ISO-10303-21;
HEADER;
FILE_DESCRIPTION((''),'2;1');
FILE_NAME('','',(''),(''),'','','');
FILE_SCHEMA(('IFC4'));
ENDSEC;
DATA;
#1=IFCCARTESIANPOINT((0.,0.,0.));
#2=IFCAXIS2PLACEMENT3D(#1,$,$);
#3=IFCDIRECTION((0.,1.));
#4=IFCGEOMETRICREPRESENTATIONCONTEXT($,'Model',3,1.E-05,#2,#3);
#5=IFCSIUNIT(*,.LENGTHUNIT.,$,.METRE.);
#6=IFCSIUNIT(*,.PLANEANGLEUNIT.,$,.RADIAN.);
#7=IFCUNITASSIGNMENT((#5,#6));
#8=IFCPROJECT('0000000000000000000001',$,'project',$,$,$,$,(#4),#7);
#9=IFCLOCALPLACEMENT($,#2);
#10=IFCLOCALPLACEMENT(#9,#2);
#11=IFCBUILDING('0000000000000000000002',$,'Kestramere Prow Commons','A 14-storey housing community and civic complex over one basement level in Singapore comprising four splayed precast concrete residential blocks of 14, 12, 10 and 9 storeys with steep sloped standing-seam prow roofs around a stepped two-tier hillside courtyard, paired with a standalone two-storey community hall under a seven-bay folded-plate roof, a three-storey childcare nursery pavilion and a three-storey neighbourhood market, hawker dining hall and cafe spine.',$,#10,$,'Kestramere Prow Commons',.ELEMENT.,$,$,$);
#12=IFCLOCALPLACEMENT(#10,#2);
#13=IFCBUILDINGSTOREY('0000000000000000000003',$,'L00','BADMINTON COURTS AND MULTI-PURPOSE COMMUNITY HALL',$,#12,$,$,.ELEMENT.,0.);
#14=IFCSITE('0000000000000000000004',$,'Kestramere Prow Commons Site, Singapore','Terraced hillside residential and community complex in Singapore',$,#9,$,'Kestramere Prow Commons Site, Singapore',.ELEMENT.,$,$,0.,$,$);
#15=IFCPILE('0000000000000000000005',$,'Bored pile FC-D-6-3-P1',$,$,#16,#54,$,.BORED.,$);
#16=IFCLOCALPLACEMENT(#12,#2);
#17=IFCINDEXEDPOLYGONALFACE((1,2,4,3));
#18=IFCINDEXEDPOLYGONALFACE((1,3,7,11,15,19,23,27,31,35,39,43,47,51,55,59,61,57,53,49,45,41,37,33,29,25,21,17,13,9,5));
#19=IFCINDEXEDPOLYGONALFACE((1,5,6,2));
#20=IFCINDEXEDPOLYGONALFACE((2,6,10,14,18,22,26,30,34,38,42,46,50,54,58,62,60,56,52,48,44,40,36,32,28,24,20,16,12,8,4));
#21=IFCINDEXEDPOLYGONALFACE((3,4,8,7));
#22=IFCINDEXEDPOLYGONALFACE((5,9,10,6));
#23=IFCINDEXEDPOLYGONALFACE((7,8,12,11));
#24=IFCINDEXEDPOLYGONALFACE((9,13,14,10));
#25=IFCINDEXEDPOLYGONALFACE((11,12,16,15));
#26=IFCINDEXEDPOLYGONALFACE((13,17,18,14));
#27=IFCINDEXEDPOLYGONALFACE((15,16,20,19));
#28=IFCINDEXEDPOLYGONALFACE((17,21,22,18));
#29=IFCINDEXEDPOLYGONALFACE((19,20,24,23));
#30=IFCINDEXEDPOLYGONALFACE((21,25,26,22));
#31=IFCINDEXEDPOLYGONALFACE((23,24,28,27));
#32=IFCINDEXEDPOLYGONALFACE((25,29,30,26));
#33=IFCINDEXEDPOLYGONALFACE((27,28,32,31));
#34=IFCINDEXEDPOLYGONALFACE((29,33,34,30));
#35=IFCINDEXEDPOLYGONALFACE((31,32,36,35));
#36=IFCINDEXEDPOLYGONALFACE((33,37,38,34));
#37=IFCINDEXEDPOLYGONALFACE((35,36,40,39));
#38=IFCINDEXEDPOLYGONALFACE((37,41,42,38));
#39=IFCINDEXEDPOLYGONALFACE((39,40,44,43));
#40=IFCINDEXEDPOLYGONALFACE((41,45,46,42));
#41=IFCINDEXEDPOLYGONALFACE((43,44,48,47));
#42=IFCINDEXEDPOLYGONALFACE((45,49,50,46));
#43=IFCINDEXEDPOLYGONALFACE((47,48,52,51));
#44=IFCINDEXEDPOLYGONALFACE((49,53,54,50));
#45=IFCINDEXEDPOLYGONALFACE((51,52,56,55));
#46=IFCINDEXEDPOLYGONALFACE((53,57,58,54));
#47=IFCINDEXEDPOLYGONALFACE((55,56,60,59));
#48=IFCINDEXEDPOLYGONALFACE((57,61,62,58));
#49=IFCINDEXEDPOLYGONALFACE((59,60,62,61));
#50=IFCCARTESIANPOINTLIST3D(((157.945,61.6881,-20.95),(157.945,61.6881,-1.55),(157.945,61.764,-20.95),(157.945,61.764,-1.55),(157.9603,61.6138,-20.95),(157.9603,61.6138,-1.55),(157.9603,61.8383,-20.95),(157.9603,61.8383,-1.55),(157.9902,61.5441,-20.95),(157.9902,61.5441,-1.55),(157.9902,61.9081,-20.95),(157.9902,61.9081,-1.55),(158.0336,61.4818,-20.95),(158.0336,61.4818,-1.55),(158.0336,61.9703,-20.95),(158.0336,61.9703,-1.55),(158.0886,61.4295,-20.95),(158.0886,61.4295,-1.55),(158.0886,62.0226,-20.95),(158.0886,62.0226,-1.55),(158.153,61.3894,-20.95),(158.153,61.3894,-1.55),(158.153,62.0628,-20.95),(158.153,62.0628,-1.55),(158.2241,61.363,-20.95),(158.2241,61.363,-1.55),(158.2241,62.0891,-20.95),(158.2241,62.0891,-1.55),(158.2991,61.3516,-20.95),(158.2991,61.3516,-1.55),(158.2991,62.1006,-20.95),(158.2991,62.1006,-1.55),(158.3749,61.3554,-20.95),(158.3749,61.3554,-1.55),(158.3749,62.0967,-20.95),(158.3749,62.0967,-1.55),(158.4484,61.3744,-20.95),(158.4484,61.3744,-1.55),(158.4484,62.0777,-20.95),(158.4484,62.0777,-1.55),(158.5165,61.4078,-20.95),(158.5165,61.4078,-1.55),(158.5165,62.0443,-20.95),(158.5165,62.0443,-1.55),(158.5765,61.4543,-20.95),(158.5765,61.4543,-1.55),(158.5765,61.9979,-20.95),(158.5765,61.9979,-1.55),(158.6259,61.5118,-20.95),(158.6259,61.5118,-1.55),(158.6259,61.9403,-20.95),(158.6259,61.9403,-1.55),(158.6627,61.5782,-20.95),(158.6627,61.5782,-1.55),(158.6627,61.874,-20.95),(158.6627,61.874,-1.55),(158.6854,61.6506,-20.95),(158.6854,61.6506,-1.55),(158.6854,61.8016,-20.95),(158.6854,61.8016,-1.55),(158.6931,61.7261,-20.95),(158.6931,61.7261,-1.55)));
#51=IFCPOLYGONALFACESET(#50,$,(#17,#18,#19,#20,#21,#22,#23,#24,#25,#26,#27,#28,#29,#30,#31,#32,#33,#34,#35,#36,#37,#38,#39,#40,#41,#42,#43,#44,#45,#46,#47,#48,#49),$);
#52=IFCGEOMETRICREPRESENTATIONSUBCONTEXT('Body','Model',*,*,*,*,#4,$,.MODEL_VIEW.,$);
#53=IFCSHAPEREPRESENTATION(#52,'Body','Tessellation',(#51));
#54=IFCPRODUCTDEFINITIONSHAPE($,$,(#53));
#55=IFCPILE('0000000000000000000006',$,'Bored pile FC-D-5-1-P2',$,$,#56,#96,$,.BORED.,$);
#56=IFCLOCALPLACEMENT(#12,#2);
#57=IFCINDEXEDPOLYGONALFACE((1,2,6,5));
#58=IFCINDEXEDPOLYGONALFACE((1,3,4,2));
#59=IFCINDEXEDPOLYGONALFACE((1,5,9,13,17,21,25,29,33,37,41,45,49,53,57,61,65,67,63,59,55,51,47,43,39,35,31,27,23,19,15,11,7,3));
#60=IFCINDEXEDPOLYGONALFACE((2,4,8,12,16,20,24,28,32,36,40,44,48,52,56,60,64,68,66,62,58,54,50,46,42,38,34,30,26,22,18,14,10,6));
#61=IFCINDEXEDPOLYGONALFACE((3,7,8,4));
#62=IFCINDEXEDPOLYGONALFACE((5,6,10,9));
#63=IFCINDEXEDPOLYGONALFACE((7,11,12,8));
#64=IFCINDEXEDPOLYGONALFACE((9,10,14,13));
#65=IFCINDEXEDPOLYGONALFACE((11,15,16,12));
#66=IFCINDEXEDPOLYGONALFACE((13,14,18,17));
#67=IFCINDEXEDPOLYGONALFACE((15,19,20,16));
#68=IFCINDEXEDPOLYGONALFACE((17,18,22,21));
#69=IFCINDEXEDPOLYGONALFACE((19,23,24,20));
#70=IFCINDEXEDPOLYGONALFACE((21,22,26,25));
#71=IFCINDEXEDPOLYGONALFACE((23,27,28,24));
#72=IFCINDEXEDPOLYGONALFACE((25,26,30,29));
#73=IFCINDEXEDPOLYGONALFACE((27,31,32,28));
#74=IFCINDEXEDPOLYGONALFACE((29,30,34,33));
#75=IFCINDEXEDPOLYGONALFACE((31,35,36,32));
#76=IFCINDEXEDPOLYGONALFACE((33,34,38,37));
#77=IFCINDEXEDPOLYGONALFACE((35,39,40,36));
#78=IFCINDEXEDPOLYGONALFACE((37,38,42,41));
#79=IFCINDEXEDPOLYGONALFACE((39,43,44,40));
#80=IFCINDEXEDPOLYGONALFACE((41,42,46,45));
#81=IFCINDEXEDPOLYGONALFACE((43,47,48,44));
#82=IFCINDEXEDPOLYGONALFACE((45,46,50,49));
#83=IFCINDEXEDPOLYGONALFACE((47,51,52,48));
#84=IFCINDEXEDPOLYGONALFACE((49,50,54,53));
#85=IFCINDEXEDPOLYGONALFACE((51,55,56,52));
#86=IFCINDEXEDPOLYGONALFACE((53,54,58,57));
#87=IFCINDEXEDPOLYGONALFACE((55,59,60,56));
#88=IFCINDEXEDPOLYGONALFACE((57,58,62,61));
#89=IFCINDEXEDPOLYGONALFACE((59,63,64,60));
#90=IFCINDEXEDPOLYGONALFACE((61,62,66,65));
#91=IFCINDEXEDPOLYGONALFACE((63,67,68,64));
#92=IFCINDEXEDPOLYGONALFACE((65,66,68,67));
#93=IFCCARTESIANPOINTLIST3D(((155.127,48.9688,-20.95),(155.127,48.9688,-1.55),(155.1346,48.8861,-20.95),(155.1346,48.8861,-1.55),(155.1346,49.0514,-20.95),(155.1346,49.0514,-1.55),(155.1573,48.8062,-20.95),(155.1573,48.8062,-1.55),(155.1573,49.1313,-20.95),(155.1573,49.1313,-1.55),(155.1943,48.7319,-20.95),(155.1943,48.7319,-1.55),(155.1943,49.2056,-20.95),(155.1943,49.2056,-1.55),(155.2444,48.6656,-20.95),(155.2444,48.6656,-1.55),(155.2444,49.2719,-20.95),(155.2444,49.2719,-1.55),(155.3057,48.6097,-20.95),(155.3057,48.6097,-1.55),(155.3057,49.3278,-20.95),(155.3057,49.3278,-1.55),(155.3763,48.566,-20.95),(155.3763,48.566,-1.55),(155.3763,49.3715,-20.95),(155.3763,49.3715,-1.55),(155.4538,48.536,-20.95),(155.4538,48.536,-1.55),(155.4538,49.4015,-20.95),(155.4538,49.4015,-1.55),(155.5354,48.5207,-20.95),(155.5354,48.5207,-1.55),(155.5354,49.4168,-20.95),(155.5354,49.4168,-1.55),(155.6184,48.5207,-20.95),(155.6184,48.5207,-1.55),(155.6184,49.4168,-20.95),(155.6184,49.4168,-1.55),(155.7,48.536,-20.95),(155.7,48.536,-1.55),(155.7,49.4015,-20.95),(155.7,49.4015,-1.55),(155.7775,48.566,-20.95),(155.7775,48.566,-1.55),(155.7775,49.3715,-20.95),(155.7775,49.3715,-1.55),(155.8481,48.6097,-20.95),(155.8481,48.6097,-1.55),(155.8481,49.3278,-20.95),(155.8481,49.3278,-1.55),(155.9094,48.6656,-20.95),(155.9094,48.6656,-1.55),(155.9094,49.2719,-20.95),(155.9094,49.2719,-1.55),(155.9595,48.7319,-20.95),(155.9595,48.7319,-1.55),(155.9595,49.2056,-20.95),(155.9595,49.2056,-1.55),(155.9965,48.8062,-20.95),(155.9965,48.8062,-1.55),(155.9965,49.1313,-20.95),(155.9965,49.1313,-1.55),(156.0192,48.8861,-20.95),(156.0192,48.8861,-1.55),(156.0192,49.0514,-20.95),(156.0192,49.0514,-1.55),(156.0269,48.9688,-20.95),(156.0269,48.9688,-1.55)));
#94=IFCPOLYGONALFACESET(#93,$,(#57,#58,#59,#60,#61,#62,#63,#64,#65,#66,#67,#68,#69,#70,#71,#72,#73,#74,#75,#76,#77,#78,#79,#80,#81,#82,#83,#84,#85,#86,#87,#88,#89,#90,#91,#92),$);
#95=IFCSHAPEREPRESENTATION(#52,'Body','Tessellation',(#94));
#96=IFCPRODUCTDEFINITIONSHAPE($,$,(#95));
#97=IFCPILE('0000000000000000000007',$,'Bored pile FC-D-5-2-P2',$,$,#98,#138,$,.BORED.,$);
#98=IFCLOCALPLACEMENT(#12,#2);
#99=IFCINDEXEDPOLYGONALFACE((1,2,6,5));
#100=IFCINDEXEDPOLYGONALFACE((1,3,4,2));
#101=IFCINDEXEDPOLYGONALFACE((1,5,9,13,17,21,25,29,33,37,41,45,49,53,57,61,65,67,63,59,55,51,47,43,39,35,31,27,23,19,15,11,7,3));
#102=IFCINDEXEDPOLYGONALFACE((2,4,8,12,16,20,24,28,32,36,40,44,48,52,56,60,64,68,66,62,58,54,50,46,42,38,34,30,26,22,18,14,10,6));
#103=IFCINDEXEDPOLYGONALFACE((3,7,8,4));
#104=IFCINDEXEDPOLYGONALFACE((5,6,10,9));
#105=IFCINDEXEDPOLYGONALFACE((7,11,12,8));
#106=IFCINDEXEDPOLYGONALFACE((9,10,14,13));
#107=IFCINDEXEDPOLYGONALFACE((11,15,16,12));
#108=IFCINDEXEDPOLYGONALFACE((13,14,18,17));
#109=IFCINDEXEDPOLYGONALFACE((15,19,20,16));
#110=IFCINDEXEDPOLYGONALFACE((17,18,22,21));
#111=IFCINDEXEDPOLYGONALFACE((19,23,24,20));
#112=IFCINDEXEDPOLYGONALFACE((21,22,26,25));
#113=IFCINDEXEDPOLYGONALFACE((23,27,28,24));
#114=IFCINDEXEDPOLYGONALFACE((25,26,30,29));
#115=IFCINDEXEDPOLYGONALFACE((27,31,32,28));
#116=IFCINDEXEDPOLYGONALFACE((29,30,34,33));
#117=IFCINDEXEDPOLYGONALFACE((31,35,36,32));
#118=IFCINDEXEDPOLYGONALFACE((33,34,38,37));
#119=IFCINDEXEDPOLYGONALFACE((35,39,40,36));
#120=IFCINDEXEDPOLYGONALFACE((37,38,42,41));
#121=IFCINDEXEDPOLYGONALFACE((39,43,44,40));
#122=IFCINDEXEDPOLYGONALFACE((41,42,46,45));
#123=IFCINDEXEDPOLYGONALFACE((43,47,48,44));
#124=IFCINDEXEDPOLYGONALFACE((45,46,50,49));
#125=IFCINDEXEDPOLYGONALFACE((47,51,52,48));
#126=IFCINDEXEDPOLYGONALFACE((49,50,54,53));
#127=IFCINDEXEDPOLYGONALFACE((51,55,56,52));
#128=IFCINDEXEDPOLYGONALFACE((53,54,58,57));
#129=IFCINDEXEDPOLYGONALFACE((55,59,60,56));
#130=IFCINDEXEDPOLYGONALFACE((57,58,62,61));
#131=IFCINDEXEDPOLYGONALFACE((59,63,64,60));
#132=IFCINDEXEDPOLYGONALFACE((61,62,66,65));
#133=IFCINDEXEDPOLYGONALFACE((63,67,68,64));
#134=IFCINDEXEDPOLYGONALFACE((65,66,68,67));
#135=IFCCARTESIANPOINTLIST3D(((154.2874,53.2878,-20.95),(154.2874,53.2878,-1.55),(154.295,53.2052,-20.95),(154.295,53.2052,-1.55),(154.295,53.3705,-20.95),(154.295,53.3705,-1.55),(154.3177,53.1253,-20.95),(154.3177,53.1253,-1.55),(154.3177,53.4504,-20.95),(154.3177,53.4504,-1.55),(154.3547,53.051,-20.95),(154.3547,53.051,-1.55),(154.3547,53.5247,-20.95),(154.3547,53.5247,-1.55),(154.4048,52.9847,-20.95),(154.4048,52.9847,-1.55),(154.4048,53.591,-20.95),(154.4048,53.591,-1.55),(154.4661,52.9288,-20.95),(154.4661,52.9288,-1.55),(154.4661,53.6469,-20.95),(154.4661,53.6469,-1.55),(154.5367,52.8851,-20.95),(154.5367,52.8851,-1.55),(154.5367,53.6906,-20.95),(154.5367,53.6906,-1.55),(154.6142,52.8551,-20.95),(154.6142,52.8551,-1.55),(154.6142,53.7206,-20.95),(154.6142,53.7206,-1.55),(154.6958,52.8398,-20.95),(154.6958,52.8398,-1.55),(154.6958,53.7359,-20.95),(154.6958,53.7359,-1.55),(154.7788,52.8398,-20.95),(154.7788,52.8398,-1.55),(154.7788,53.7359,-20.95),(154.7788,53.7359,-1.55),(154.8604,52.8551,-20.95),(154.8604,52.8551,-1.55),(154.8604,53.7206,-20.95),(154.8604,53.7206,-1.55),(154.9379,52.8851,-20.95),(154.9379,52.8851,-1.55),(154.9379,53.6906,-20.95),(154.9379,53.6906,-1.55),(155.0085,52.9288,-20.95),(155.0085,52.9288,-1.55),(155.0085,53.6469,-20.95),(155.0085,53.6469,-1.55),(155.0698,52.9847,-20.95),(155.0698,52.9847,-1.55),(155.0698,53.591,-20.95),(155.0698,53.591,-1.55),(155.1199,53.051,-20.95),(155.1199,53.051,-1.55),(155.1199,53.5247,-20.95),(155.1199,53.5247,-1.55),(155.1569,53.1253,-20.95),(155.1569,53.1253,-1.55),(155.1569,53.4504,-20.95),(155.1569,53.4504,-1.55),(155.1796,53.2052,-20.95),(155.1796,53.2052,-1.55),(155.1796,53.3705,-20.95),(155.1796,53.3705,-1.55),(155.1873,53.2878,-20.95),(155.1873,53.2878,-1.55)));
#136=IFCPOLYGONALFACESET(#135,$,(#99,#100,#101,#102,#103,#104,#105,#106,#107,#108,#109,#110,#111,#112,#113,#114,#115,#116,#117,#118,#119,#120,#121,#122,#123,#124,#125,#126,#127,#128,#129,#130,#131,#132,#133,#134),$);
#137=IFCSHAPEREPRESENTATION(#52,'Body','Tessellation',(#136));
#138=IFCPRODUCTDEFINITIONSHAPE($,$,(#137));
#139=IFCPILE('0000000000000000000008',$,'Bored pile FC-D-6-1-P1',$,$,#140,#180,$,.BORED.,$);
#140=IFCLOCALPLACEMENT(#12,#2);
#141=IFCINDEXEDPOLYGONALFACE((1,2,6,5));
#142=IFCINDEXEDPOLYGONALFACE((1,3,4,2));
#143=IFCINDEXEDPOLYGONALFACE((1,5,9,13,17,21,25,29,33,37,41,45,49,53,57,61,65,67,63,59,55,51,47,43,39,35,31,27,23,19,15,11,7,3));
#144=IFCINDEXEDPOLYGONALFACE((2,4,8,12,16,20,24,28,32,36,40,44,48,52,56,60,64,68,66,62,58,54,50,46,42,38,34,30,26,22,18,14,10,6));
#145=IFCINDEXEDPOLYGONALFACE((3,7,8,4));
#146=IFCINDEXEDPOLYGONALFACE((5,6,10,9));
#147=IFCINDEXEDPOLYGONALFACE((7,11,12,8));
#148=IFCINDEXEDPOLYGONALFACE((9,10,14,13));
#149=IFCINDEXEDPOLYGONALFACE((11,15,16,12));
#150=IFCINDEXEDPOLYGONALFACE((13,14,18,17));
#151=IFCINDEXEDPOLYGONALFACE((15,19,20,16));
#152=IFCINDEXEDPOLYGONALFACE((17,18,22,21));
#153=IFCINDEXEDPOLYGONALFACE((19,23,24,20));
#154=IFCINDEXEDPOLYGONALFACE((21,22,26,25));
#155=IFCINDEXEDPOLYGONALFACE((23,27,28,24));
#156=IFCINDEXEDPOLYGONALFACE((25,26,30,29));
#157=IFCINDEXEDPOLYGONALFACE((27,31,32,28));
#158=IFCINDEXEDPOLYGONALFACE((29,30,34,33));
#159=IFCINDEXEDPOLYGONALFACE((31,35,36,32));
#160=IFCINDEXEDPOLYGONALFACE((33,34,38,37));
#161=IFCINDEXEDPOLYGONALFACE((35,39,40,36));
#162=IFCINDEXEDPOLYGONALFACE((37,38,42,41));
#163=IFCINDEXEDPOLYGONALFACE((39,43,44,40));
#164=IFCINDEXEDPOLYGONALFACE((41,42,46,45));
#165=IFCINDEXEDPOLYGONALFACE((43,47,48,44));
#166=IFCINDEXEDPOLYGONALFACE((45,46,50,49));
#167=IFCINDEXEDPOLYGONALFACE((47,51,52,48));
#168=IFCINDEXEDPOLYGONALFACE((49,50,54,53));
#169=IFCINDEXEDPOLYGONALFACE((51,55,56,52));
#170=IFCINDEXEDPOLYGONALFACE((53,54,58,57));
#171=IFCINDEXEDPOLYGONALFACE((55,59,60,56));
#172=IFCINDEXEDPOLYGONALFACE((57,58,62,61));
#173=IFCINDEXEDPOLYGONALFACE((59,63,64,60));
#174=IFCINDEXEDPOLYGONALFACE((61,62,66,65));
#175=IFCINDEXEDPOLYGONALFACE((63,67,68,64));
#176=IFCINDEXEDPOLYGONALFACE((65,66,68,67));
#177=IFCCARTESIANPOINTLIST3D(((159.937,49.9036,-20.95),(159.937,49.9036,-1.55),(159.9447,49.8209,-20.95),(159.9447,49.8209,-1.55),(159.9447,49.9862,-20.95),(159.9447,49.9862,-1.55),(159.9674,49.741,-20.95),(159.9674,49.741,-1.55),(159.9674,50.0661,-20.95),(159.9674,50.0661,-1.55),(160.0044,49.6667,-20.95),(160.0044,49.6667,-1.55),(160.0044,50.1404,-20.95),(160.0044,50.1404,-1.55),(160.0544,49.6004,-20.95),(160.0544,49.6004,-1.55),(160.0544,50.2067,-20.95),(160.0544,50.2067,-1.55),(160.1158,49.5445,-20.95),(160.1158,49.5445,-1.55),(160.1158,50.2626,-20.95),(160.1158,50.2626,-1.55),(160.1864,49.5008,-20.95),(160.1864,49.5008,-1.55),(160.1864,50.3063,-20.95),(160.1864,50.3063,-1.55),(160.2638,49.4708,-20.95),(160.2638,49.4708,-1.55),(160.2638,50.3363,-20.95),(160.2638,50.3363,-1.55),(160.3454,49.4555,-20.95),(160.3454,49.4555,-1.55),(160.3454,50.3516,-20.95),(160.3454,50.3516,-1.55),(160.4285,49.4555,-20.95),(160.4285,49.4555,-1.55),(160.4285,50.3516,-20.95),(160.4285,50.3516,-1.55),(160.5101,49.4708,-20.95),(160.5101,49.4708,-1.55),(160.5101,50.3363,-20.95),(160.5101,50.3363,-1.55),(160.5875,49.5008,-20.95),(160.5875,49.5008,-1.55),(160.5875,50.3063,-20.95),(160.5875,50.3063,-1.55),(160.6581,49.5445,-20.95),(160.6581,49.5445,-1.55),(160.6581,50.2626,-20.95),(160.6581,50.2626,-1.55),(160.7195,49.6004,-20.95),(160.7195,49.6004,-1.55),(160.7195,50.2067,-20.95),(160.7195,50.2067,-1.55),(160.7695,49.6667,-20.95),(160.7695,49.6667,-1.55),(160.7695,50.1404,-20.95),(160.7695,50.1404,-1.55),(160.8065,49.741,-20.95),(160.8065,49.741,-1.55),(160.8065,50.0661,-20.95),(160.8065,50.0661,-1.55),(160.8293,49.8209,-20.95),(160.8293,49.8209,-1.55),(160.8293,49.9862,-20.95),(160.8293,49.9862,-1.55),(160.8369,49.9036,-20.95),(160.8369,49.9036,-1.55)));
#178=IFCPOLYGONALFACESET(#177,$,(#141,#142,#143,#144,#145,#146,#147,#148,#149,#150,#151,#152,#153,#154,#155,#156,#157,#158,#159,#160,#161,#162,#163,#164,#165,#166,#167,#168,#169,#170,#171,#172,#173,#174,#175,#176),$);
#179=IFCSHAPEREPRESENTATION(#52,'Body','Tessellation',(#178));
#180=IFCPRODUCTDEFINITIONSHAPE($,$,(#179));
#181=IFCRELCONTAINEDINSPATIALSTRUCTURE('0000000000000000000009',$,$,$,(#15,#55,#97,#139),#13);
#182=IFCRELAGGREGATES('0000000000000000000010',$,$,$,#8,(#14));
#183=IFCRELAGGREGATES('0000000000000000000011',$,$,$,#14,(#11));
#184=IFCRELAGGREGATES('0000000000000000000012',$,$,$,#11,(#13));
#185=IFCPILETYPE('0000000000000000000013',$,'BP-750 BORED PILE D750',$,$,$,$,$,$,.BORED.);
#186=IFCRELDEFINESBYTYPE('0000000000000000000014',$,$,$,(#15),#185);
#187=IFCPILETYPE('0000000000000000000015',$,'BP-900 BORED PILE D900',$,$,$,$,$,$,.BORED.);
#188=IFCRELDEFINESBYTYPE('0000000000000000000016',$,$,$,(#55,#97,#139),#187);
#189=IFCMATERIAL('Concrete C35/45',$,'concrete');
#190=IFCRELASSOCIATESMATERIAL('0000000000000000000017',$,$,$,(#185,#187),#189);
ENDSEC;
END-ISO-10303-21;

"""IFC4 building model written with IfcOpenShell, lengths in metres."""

from ifc_helpers import new_model, si_unit, direction, frame, origin, origin_2d, place, context, subcontext, project, spatial, circle, extrude, material, material_profile, profile_set, type_object, element, save


model = new_model("IFC4")

# Units and contexts
model_context = context("Model", 3, precision=1e-05, world=origin(), true_north=direction((0.0, 1.0)))
body_context = subcontext(model_context, "Body", "Model", "MODEL_VIEW")
ifc_project = project(units=[si_unit("LENGTHUNIT", "METRE"), si_unit("PLANEANGLEUNIT", "RADIAN")], contexts=[model_context])

# Site, building, storey
site_placement = place(None, origin())
site = spatial("IfcSite", under=ifc_project, at=site_placement, Name="Kestramere Prow Commons Site, Singapore", Description="Terraced hillside residential and community complex in Singapore", LongName="Kestramere Prow Commons Site, Singapore", CompositionType="ELEMENT", RefElevation=0.0)
building_placement = place(site_placement, origin())
building = spatial("IfcBuilding", under=site, at=building_placement, Name="Kestramere Prow Commons", Description="A 14-storey housing community and civic complex over one basement level in Singapore comprising four splayed precast concrete residential blocks of 14, 12, 10 and 9 storeys with steep sloped standing-seam prow roofs around a stepped two-tier hillside courtyard, paired with a standalone two-storey community hall under a seven-bay folded-plate roof, a three-storey childcare nursery pavilion and a three-storey neighbourhood market, hawker dining hall and cafe spine.", LongName="Kestramere Prow Commons", CompositionType="ELEMENT")
storey_placement = place(building_placement, origin())
storey = spatial("IfcBuildingStorey", under=building, at=storey_placement, Name="L00", Description="BADMINTON COURTS AND MULTI-PURPOSE COMMUNITY HALL", CompositionType="ELEMENT", Elevation=0.0)

# Piles
ifc_material_1 = material(Name="Concrete C35/45", Category="concrete")
ifc_material_profile_1 = material_profile(ifc_material_1, circle(Radius=0.375, at=origin_2d()), Name="BORED PILE D750")
ifc_profile_set_1 = profile_set([ifc_material_profile_1], Name="Concrete C35/45")
pile_type_1 = type_object("IfcPileType", Name="BP-750 BORED PILE D750", PredefinedType="BORED", material=ifc_profile_set_1)
pile_placement = place(storey_placement, frame((158.3181, 61.7261, -1.55), z_axis=(0.0, 0.0, -1.0), x_axis=(1.0, 0.0, 0.0)))
element("IfcPile", 1, at=pile_placement, inside=storey, type_object=pile_type_1, Name="Bored pile FC-D-6-3-P1", PredefinedType="BORED", context=body_context, shape_type="SweptSolid", body=[
    extrude(circle(Radius=0.375, at=origin_2d()), origin(), (0.0, 0.0, 1.0), 19.3999),
])
ifc_material_profile_2 = material_profile(ifc_material_1, circle(Radius=0.45, at=origin_2d()), Name="BORED PILE D900")
ifc_profile_set_2 = profile_set([ifc_material_profile_2], Name="Concrete C35/45")
pile_type_2 = type_object("IfcPileType", Name="BP-900 BORED PILE D900", PredefinedType="BORED", material=ifc_profile_set_2)
for number, where, z_axis, x_axis, name in (
    (2, (155.5769, 48.9688, -1.55), (0.0, 0.0, -1.0), (1.0, 0.0, 0.0), "Bored pile FC-D-5-1-P2"),
    (3, (154.7373, 53.2878, -1.55), (0.0, 0.0, -1.0), (1.0, 0.0, 0.0), "Bored pile FC-D-5-2-P2"),
    (4, (160.387, 49.9036, -1.55), (0.0, 0.0, -1.0), (1.0, 0.0, 0.0), "Bored pile FC-D-6-1-P1"),
):
    element("IfcPile", number, at=place(storey_placement, frame(where, z_axis=z_axis, x_axis=x_axis)), inside=storey, type_object=pile_type_2, Name=name, PredefinedType="BORED", context=body_context, shape_type="SweptSolid", body=[
        extrude(circle(Radius=0.45, at=origin_2d()), origin(), (0.0, 0.0, 1.0), 19.3999),
    ])

save(model, "model.ifc")
